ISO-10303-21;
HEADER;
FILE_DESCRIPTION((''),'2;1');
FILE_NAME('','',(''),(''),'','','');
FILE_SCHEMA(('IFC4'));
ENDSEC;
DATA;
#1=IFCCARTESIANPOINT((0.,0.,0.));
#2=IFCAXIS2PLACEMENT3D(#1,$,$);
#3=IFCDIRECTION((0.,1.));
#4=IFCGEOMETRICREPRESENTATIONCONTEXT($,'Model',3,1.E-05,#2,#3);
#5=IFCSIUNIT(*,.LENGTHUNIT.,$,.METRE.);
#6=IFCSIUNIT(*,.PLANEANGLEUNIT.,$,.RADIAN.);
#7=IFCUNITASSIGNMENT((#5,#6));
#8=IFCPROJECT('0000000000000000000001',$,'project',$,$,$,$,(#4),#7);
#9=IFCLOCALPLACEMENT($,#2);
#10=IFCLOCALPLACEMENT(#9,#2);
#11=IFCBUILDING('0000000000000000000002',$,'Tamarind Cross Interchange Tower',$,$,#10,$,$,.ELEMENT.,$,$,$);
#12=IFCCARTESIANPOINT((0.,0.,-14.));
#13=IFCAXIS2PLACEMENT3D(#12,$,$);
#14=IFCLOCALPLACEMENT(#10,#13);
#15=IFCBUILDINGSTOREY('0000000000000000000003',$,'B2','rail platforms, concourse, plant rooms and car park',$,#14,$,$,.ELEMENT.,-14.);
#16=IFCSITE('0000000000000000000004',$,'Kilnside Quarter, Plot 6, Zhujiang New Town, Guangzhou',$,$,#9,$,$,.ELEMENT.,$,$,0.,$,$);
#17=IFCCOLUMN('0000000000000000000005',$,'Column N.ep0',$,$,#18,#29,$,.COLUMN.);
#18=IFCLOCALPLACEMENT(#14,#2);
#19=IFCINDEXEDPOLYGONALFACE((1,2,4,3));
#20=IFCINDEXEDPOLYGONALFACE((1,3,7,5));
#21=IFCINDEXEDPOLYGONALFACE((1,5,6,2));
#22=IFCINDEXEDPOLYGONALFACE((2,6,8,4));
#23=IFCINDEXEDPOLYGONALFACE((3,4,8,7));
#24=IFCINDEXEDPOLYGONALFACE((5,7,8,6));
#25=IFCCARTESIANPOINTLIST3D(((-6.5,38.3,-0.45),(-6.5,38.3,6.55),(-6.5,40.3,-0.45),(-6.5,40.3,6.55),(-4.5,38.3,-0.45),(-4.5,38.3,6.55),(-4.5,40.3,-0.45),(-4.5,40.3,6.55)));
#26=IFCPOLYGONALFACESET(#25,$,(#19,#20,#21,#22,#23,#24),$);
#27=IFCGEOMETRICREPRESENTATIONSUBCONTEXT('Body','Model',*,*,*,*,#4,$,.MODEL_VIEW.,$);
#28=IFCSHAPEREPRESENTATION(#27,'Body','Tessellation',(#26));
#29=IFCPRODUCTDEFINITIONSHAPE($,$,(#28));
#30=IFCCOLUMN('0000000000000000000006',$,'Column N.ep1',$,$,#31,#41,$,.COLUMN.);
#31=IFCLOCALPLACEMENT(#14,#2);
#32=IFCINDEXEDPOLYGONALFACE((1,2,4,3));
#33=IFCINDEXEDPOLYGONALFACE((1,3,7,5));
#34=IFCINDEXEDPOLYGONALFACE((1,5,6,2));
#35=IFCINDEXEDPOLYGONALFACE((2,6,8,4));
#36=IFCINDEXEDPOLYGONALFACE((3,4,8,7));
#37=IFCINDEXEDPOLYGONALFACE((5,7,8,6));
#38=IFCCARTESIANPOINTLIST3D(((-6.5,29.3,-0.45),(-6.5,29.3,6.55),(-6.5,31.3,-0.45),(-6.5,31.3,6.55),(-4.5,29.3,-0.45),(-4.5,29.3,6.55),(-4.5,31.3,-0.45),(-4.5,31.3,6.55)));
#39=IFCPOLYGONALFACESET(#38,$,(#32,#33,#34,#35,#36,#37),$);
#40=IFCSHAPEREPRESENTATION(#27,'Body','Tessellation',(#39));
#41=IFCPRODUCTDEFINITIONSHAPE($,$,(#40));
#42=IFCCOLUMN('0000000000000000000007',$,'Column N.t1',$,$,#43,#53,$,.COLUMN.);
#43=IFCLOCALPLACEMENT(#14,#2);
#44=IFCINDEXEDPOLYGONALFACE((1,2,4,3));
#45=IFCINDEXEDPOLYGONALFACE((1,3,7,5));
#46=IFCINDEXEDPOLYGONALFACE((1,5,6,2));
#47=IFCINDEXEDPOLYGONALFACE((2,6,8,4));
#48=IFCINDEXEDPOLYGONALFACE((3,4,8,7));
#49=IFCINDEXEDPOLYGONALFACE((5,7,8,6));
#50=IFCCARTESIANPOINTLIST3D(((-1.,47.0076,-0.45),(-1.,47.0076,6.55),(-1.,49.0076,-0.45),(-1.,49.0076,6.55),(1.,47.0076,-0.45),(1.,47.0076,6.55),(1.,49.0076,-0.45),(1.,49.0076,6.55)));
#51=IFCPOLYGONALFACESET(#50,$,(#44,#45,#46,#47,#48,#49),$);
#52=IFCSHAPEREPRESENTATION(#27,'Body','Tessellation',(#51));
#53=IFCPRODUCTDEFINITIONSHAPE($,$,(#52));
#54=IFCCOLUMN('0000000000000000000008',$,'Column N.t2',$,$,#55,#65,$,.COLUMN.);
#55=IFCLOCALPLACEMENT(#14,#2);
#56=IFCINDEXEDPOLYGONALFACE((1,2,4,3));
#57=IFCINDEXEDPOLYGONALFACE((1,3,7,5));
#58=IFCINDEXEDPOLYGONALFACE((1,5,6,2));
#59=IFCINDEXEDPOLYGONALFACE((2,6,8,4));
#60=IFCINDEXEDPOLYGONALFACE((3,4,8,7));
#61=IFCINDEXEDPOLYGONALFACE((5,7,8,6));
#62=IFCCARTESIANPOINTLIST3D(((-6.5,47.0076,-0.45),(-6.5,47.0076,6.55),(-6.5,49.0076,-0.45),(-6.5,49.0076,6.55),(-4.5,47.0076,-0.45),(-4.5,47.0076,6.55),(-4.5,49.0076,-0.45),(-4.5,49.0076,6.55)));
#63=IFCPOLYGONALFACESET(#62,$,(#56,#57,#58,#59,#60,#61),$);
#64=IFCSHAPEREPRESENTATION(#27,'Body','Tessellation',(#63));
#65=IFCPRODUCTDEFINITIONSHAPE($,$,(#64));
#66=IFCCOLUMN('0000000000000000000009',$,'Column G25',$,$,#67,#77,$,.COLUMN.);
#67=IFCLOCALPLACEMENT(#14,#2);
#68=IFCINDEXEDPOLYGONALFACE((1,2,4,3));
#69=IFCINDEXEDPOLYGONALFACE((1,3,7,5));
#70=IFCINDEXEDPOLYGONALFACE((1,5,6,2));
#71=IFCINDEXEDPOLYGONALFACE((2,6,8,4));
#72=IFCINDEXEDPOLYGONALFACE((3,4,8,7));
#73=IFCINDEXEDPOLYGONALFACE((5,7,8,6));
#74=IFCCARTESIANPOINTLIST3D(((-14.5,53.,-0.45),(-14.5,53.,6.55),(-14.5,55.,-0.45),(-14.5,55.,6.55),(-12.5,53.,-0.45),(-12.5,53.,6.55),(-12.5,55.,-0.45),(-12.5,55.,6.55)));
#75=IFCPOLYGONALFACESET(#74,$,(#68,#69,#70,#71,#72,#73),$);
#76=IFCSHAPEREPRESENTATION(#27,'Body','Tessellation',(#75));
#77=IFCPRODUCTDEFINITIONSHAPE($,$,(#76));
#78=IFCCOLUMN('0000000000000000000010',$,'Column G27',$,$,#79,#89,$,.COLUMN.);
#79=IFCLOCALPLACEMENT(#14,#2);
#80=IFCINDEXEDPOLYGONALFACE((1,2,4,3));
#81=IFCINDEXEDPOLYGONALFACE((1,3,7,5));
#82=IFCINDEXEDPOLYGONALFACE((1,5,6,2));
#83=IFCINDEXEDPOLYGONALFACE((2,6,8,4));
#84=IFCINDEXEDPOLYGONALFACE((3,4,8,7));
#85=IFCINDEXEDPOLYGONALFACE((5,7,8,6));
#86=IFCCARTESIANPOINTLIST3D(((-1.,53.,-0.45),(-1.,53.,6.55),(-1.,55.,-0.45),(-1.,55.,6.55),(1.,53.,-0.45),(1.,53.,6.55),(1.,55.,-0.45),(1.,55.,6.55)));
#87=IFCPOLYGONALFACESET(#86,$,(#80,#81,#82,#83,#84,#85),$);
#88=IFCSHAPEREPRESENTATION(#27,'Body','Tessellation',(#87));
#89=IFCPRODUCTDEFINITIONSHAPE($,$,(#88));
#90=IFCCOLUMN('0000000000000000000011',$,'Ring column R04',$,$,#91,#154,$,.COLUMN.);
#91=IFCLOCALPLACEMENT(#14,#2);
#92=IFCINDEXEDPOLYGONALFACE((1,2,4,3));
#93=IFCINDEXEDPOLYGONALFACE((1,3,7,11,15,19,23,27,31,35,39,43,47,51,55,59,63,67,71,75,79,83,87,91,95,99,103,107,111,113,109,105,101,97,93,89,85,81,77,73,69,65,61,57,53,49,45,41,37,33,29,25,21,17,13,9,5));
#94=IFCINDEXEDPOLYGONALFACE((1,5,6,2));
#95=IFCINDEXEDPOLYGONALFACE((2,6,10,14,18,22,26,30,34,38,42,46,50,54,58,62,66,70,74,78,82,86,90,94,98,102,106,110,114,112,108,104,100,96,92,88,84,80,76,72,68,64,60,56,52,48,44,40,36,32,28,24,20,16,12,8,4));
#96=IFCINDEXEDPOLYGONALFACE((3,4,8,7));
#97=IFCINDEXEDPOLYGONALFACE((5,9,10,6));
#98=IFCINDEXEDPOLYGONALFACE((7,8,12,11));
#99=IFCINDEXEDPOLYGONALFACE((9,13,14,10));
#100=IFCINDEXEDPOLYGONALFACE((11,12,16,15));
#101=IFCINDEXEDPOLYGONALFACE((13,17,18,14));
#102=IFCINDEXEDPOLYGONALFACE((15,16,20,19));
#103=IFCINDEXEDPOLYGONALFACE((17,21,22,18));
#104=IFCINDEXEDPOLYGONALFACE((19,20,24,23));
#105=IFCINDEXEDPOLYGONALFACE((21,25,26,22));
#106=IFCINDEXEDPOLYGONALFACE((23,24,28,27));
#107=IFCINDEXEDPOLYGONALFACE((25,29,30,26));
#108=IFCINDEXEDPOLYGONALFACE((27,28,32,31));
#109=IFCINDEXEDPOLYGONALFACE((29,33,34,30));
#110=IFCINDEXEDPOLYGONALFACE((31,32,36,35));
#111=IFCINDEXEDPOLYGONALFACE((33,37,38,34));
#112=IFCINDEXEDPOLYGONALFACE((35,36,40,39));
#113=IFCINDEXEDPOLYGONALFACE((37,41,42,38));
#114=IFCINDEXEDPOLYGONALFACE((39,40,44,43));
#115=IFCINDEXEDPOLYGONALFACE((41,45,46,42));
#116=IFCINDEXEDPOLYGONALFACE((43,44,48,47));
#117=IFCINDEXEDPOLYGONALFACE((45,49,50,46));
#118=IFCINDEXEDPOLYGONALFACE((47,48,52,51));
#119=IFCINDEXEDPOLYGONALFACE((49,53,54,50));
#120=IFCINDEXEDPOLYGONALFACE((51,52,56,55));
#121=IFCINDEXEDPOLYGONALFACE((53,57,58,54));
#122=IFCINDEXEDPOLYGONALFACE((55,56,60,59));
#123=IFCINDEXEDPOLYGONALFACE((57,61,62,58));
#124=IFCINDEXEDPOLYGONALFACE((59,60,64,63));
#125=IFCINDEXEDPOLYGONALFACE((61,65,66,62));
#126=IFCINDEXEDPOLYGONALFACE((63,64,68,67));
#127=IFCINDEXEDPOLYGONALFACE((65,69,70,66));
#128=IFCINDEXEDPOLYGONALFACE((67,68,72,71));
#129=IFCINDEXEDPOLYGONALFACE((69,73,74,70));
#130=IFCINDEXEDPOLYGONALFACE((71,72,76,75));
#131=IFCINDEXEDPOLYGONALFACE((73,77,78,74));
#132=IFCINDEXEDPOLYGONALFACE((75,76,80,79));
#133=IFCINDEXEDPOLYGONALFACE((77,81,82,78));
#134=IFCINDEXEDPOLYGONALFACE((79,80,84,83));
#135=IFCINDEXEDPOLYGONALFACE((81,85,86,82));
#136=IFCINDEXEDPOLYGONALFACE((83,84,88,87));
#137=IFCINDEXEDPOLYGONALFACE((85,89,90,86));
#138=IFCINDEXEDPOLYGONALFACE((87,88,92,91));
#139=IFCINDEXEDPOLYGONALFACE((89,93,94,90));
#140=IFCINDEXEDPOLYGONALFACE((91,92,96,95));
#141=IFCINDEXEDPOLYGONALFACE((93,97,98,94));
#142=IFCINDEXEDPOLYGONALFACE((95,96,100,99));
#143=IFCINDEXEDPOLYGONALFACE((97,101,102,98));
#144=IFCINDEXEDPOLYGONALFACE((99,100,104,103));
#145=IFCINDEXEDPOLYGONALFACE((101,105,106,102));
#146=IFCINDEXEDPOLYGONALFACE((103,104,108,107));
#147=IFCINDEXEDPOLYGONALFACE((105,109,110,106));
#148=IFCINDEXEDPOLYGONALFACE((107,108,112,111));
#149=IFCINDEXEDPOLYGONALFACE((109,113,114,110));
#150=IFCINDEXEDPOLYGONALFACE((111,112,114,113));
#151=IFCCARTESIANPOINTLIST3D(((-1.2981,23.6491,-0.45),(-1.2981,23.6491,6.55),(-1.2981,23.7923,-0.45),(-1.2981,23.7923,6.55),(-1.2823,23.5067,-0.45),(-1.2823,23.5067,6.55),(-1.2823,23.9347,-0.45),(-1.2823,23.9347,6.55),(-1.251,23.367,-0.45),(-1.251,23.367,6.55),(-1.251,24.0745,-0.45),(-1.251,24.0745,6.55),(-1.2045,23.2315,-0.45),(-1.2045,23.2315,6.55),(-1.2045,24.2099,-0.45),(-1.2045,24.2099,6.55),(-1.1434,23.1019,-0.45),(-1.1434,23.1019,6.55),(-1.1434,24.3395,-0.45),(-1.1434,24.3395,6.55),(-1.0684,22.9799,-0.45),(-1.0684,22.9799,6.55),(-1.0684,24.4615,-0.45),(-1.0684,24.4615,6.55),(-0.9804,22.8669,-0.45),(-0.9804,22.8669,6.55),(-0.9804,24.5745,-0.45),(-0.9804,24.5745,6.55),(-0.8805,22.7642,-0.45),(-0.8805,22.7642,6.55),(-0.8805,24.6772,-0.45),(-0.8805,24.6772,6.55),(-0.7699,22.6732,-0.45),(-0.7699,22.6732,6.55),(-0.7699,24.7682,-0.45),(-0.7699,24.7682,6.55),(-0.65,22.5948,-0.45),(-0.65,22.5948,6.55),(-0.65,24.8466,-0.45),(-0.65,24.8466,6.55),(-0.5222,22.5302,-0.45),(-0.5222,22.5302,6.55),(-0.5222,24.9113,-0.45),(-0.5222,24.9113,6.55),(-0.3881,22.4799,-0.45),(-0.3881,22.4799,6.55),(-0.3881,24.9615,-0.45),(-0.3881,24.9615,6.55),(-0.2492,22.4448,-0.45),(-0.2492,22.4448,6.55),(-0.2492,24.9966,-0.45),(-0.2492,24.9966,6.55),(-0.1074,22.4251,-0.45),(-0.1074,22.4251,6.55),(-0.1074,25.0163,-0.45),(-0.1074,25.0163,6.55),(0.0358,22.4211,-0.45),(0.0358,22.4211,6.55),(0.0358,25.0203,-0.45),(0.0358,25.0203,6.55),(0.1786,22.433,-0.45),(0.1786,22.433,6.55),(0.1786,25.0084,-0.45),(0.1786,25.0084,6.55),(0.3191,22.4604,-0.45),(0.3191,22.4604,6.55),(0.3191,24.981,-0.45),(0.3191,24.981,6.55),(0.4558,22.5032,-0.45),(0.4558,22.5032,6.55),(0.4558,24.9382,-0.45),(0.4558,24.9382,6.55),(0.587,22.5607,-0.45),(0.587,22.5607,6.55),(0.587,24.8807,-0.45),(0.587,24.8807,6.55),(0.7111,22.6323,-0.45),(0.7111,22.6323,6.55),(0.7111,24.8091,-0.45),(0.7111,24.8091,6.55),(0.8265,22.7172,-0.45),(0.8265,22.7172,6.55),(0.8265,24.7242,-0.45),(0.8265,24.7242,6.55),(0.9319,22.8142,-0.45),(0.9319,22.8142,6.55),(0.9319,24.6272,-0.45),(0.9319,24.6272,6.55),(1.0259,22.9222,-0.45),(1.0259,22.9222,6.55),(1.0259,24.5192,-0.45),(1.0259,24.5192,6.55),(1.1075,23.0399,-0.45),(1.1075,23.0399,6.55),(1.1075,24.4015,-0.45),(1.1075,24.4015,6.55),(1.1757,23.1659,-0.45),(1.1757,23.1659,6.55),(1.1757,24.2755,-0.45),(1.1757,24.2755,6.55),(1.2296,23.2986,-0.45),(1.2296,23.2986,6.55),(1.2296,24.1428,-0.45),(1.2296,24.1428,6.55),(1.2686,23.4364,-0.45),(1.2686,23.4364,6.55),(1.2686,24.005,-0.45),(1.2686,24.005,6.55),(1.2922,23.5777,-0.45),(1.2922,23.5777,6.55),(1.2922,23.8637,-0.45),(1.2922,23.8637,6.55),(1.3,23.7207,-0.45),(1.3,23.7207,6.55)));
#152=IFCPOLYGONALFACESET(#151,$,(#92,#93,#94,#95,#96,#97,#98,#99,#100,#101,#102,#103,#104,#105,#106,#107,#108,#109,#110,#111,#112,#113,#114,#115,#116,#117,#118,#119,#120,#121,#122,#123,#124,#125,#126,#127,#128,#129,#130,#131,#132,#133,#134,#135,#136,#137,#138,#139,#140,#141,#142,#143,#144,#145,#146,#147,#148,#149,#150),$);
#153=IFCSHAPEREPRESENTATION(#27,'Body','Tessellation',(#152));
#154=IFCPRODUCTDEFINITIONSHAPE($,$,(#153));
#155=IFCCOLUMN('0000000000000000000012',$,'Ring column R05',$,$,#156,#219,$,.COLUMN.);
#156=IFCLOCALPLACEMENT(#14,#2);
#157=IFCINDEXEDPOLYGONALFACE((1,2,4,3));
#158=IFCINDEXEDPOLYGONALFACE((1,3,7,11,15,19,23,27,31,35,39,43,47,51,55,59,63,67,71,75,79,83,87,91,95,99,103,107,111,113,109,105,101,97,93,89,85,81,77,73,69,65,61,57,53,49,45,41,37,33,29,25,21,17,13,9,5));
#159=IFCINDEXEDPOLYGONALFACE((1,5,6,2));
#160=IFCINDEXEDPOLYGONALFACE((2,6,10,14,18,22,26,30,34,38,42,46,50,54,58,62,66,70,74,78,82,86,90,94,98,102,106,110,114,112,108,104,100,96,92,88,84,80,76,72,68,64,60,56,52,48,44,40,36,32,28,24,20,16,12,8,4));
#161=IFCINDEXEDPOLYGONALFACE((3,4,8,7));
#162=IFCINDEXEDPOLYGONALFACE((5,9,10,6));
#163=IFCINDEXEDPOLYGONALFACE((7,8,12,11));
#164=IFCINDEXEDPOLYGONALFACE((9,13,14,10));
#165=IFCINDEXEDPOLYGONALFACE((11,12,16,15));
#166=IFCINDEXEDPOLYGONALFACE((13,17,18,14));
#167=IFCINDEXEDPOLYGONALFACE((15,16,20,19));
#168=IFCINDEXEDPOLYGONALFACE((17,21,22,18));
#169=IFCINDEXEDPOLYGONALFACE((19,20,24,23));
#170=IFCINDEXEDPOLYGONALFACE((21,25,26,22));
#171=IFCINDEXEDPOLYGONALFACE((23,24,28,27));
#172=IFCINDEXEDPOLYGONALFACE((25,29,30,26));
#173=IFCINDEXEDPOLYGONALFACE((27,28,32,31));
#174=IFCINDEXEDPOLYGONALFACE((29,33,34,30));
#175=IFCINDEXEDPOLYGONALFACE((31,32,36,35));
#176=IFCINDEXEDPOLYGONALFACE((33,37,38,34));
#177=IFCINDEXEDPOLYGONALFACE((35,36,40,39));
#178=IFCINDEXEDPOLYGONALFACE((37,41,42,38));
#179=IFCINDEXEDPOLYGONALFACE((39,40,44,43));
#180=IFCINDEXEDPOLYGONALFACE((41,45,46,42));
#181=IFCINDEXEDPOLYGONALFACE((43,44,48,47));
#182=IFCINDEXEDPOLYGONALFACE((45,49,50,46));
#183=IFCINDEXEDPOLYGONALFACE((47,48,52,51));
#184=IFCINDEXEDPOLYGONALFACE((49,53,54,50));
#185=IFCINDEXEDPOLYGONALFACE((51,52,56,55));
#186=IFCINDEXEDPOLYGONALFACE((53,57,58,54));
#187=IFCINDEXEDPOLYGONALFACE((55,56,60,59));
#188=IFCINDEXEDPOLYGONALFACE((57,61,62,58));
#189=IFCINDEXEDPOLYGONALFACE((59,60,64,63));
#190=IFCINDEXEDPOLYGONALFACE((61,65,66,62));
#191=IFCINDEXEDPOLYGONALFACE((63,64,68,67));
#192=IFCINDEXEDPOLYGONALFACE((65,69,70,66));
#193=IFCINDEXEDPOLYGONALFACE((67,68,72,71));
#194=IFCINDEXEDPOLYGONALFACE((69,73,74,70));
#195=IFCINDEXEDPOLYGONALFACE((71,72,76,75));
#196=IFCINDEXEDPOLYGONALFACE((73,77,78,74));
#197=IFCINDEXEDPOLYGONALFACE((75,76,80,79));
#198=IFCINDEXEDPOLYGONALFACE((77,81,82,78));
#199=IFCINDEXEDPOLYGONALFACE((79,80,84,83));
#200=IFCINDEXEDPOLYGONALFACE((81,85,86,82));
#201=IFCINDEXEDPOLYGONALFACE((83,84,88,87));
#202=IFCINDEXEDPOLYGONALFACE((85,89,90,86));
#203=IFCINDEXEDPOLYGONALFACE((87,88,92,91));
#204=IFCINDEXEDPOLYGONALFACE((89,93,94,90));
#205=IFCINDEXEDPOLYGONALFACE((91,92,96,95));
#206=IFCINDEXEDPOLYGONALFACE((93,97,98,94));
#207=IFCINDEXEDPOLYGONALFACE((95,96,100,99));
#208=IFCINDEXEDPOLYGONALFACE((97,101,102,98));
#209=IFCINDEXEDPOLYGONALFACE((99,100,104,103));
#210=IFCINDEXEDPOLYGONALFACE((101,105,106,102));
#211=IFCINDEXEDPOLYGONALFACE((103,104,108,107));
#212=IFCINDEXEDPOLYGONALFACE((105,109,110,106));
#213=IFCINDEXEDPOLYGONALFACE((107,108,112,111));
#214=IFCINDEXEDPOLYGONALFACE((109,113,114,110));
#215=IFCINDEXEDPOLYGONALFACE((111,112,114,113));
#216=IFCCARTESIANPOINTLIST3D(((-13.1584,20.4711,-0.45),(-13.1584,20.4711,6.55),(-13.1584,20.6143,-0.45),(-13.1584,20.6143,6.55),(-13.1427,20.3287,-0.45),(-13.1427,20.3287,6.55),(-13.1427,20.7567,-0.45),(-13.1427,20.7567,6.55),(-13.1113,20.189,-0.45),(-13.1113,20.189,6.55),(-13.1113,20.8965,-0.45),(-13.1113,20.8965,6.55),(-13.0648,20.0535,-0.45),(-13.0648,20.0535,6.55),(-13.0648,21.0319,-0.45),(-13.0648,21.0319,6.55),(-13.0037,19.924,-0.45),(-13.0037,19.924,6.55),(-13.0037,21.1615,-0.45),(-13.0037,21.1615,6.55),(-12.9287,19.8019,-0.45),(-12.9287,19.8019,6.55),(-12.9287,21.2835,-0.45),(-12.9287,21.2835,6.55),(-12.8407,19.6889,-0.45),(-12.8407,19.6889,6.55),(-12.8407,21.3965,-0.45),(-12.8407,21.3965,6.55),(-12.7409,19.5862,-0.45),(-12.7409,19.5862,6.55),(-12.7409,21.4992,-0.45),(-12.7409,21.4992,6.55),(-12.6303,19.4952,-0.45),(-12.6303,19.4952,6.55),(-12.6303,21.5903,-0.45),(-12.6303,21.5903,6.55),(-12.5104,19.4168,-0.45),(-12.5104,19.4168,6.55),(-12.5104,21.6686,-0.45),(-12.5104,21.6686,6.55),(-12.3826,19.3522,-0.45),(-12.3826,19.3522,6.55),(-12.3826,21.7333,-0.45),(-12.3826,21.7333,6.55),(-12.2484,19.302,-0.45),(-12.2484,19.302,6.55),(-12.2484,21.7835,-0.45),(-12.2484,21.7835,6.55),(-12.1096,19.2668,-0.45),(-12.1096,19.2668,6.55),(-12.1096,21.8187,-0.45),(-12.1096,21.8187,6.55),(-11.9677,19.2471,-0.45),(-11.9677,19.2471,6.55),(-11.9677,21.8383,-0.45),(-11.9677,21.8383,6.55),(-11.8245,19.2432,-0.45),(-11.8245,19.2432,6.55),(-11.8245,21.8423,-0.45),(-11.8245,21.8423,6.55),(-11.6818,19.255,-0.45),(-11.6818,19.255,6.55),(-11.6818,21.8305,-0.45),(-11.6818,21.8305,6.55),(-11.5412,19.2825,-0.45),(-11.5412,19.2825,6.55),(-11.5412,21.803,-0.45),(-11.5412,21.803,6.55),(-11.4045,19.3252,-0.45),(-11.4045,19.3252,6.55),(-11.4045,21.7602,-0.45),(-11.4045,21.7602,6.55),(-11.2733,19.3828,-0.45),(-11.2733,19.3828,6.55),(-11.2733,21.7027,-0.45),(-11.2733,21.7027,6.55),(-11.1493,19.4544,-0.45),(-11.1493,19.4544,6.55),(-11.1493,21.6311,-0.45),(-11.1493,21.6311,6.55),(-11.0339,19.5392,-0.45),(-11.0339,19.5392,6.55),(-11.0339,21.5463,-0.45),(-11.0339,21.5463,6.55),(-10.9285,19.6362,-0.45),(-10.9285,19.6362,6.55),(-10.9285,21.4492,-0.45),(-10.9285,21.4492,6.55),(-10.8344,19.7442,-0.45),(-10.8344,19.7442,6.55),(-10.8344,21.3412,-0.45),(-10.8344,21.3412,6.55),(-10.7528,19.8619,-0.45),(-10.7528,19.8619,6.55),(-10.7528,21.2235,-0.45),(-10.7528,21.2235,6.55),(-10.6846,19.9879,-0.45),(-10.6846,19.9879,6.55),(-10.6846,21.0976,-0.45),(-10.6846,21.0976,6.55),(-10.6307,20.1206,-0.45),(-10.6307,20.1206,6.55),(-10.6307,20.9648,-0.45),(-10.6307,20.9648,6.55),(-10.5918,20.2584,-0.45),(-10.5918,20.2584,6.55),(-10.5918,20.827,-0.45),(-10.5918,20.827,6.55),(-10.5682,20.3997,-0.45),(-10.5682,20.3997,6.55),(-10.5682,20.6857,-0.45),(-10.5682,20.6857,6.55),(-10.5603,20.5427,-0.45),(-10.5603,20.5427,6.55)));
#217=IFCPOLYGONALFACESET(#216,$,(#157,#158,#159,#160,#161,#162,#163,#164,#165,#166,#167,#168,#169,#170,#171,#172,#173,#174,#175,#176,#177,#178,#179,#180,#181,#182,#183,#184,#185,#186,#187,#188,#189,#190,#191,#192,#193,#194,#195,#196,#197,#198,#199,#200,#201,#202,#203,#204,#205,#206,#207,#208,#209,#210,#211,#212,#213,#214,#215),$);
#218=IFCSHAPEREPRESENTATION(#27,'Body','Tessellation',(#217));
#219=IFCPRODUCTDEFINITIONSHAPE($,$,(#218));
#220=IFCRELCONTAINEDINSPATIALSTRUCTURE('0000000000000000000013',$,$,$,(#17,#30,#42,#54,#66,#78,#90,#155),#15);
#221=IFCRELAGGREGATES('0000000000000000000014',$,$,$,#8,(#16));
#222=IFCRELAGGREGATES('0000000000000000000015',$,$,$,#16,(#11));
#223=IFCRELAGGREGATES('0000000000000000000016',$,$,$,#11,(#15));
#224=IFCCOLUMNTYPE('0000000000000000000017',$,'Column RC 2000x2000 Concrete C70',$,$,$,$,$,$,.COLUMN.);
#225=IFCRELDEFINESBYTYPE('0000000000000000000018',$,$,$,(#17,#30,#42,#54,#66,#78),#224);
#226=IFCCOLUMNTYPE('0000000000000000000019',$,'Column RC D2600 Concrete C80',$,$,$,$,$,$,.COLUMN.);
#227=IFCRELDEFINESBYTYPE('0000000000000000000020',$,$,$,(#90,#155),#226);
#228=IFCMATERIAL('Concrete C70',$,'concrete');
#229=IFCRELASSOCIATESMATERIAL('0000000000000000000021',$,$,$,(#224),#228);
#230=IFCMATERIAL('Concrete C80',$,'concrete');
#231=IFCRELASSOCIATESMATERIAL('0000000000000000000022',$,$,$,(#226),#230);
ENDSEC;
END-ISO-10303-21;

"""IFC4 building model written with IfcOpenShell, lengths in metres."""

from ifc_helpers import new_model, si_unit, direction, frame, origin, origin_2d, place, context, subcontext, project, spatial, rectangle, circle, extrude, material, material_profile, profile_set, type_object, element, save


model = new_model("IFC4")

# Units and contexts
model_context = context("Model", 3, precision=1e-05, world=origin(), true_north=direction((0.0, 1.0)))
body_context = subcontext(model_context, "Body", "Model", "MODEL_VIEW")
ifc_project = project(units=[si_unit("LENGTHUNIT", "METRE"), si_unit("PLANEANGLEUNIT", "RADIAN")], contexts=[model_context])

# Site, building, storey
site_placement = place(None, origin())
site = spatial("IfcSite", under=ifc_project, at=site_placement, Name="Kilnside Quarter, Plot 6, Zhujiang New Town, Guangzhou", CompositionType="ELEMENT", RefElevation=0.0)
building_placement = place(site_placement, origin())
building = spatial("IfcBuilding", under=site, at=building_placement, Name="Tamarind Cross Interchange Tower", CompositionType="ELEMENT")
storey_placement = place(building_placement, frame((0.0, 0.0, -14.0)))
storey = spatial("IfcBuildingStorey", under=building, at=storey_placement, Name="B2", Description="rail platforms, concourse, plant rooms and car park", CompositionType="ELEMENT", Elevation=-14.0)

# Columns
ifc_material_1 = material(Name="Concrete C70", Category="concrete")
ifc_material_profile_1 = material_profile(ifc_material_1, rectangle(XDim=2.0, YDim=2.0, at=origin_2d()), Name="RC 2000x2000")
ifc_profile_set_1 = profile_set([ifc_material_profile_1], Name="Concrete C70")
column_type_1 = type_object("IfcColumnType", Name="Column RC 2000x2000 Concrete C70", PredefinedType="COLUMN", material=ifc_profile_set_1)
for number, where, z_axis, x_axis, name in (
    (1, (-5.5, 39.3, -0.45), (0.0, 0.0, 1.0), (1.0, 0.0, 0.0), "Column N.ep0"),
    (2, (-5.5, 30.3, -0.45), (0.0, 0.0, 1.0), (1.0, 0.0, 0.0), "Column N.ep1"),
    (3, (0.0, 48.0076, -0.45), (0.0, 0.0, 1.0), (1.0, 0.0, 0.0), "Column N.t1"),
    (4, (-5.5, 48.0076, -0.45), (0.0, 0.0, 1.0), (1.0, 0.0, 0.0), "Column N.t2"),
    (5, (-13.5, 54.0, -0.45), (0.0, 0.0, 1.0), (1.0, 0.0, 0.0), "Column G25"),
    (6, (0.0, 54.0, -0.45), (0.0, 0.0, 1.0), (1.0, 0.0, 0.0), "Column G27"),
):
    element("IfcColumn", number, at=place(storey_placement, frame(where, z_axis=z_axis, x_axis=x_axis)), inside=storey, type_object=column_type_1, Name=name, PredefinedType="COLUMN", context=body_context, shape_type="SweptSolid", body=[
        extrude(rectangle(XDim=2.0, YDim=2.0, at=origin_2d()), origin(), (0.0, 0.0, 1.0), 7.0),
    ])
ifc_material_2 = material(Name="Concrete C80", Category="concrete")
ifc_material_profile_2 = material_profile(ifc_material_2, circle(Radius=1.3, at=origin_2d()), Name="RC D2600")
ifc_profile_set_2 = profile_set([ifc_material_profile_2], Name="Concrete C80")
column_type_2 = type_object("IfcColumnType", Name="Column RC D2600 Concrete C80", PredefinedType="COLUMN", material=ifc_profile_set_2)
for number, where, z_axis, x_axis, name in (
    (7, (0.0, 23.7207, -0.45), (0.0, 0.0, 1.0), (1.0, 0.0, 0.0), "Ring column R04"),
    (8, (-11.8604, 20.5427, -0.45), (0.0, 0.0, 1.0), (1.0, 0.0, 0.0), "Ring column R05"),
):
    element("IfcColumn", number, at=place(storey_placement, frame(where, z_axis=z_axis, x_axis=x_axis)), inside=storey, type_object=column_type_2, Name=name, PredefinedType="COLUMN", context=body_context, shape_type="SweptSolid", body=[
        extrude(circle(Radius=1.3, at=origin_2d()), origin(), (0.0, 0.0, 1.0), 7.0),
    ])

save(model, "model.ifc")
